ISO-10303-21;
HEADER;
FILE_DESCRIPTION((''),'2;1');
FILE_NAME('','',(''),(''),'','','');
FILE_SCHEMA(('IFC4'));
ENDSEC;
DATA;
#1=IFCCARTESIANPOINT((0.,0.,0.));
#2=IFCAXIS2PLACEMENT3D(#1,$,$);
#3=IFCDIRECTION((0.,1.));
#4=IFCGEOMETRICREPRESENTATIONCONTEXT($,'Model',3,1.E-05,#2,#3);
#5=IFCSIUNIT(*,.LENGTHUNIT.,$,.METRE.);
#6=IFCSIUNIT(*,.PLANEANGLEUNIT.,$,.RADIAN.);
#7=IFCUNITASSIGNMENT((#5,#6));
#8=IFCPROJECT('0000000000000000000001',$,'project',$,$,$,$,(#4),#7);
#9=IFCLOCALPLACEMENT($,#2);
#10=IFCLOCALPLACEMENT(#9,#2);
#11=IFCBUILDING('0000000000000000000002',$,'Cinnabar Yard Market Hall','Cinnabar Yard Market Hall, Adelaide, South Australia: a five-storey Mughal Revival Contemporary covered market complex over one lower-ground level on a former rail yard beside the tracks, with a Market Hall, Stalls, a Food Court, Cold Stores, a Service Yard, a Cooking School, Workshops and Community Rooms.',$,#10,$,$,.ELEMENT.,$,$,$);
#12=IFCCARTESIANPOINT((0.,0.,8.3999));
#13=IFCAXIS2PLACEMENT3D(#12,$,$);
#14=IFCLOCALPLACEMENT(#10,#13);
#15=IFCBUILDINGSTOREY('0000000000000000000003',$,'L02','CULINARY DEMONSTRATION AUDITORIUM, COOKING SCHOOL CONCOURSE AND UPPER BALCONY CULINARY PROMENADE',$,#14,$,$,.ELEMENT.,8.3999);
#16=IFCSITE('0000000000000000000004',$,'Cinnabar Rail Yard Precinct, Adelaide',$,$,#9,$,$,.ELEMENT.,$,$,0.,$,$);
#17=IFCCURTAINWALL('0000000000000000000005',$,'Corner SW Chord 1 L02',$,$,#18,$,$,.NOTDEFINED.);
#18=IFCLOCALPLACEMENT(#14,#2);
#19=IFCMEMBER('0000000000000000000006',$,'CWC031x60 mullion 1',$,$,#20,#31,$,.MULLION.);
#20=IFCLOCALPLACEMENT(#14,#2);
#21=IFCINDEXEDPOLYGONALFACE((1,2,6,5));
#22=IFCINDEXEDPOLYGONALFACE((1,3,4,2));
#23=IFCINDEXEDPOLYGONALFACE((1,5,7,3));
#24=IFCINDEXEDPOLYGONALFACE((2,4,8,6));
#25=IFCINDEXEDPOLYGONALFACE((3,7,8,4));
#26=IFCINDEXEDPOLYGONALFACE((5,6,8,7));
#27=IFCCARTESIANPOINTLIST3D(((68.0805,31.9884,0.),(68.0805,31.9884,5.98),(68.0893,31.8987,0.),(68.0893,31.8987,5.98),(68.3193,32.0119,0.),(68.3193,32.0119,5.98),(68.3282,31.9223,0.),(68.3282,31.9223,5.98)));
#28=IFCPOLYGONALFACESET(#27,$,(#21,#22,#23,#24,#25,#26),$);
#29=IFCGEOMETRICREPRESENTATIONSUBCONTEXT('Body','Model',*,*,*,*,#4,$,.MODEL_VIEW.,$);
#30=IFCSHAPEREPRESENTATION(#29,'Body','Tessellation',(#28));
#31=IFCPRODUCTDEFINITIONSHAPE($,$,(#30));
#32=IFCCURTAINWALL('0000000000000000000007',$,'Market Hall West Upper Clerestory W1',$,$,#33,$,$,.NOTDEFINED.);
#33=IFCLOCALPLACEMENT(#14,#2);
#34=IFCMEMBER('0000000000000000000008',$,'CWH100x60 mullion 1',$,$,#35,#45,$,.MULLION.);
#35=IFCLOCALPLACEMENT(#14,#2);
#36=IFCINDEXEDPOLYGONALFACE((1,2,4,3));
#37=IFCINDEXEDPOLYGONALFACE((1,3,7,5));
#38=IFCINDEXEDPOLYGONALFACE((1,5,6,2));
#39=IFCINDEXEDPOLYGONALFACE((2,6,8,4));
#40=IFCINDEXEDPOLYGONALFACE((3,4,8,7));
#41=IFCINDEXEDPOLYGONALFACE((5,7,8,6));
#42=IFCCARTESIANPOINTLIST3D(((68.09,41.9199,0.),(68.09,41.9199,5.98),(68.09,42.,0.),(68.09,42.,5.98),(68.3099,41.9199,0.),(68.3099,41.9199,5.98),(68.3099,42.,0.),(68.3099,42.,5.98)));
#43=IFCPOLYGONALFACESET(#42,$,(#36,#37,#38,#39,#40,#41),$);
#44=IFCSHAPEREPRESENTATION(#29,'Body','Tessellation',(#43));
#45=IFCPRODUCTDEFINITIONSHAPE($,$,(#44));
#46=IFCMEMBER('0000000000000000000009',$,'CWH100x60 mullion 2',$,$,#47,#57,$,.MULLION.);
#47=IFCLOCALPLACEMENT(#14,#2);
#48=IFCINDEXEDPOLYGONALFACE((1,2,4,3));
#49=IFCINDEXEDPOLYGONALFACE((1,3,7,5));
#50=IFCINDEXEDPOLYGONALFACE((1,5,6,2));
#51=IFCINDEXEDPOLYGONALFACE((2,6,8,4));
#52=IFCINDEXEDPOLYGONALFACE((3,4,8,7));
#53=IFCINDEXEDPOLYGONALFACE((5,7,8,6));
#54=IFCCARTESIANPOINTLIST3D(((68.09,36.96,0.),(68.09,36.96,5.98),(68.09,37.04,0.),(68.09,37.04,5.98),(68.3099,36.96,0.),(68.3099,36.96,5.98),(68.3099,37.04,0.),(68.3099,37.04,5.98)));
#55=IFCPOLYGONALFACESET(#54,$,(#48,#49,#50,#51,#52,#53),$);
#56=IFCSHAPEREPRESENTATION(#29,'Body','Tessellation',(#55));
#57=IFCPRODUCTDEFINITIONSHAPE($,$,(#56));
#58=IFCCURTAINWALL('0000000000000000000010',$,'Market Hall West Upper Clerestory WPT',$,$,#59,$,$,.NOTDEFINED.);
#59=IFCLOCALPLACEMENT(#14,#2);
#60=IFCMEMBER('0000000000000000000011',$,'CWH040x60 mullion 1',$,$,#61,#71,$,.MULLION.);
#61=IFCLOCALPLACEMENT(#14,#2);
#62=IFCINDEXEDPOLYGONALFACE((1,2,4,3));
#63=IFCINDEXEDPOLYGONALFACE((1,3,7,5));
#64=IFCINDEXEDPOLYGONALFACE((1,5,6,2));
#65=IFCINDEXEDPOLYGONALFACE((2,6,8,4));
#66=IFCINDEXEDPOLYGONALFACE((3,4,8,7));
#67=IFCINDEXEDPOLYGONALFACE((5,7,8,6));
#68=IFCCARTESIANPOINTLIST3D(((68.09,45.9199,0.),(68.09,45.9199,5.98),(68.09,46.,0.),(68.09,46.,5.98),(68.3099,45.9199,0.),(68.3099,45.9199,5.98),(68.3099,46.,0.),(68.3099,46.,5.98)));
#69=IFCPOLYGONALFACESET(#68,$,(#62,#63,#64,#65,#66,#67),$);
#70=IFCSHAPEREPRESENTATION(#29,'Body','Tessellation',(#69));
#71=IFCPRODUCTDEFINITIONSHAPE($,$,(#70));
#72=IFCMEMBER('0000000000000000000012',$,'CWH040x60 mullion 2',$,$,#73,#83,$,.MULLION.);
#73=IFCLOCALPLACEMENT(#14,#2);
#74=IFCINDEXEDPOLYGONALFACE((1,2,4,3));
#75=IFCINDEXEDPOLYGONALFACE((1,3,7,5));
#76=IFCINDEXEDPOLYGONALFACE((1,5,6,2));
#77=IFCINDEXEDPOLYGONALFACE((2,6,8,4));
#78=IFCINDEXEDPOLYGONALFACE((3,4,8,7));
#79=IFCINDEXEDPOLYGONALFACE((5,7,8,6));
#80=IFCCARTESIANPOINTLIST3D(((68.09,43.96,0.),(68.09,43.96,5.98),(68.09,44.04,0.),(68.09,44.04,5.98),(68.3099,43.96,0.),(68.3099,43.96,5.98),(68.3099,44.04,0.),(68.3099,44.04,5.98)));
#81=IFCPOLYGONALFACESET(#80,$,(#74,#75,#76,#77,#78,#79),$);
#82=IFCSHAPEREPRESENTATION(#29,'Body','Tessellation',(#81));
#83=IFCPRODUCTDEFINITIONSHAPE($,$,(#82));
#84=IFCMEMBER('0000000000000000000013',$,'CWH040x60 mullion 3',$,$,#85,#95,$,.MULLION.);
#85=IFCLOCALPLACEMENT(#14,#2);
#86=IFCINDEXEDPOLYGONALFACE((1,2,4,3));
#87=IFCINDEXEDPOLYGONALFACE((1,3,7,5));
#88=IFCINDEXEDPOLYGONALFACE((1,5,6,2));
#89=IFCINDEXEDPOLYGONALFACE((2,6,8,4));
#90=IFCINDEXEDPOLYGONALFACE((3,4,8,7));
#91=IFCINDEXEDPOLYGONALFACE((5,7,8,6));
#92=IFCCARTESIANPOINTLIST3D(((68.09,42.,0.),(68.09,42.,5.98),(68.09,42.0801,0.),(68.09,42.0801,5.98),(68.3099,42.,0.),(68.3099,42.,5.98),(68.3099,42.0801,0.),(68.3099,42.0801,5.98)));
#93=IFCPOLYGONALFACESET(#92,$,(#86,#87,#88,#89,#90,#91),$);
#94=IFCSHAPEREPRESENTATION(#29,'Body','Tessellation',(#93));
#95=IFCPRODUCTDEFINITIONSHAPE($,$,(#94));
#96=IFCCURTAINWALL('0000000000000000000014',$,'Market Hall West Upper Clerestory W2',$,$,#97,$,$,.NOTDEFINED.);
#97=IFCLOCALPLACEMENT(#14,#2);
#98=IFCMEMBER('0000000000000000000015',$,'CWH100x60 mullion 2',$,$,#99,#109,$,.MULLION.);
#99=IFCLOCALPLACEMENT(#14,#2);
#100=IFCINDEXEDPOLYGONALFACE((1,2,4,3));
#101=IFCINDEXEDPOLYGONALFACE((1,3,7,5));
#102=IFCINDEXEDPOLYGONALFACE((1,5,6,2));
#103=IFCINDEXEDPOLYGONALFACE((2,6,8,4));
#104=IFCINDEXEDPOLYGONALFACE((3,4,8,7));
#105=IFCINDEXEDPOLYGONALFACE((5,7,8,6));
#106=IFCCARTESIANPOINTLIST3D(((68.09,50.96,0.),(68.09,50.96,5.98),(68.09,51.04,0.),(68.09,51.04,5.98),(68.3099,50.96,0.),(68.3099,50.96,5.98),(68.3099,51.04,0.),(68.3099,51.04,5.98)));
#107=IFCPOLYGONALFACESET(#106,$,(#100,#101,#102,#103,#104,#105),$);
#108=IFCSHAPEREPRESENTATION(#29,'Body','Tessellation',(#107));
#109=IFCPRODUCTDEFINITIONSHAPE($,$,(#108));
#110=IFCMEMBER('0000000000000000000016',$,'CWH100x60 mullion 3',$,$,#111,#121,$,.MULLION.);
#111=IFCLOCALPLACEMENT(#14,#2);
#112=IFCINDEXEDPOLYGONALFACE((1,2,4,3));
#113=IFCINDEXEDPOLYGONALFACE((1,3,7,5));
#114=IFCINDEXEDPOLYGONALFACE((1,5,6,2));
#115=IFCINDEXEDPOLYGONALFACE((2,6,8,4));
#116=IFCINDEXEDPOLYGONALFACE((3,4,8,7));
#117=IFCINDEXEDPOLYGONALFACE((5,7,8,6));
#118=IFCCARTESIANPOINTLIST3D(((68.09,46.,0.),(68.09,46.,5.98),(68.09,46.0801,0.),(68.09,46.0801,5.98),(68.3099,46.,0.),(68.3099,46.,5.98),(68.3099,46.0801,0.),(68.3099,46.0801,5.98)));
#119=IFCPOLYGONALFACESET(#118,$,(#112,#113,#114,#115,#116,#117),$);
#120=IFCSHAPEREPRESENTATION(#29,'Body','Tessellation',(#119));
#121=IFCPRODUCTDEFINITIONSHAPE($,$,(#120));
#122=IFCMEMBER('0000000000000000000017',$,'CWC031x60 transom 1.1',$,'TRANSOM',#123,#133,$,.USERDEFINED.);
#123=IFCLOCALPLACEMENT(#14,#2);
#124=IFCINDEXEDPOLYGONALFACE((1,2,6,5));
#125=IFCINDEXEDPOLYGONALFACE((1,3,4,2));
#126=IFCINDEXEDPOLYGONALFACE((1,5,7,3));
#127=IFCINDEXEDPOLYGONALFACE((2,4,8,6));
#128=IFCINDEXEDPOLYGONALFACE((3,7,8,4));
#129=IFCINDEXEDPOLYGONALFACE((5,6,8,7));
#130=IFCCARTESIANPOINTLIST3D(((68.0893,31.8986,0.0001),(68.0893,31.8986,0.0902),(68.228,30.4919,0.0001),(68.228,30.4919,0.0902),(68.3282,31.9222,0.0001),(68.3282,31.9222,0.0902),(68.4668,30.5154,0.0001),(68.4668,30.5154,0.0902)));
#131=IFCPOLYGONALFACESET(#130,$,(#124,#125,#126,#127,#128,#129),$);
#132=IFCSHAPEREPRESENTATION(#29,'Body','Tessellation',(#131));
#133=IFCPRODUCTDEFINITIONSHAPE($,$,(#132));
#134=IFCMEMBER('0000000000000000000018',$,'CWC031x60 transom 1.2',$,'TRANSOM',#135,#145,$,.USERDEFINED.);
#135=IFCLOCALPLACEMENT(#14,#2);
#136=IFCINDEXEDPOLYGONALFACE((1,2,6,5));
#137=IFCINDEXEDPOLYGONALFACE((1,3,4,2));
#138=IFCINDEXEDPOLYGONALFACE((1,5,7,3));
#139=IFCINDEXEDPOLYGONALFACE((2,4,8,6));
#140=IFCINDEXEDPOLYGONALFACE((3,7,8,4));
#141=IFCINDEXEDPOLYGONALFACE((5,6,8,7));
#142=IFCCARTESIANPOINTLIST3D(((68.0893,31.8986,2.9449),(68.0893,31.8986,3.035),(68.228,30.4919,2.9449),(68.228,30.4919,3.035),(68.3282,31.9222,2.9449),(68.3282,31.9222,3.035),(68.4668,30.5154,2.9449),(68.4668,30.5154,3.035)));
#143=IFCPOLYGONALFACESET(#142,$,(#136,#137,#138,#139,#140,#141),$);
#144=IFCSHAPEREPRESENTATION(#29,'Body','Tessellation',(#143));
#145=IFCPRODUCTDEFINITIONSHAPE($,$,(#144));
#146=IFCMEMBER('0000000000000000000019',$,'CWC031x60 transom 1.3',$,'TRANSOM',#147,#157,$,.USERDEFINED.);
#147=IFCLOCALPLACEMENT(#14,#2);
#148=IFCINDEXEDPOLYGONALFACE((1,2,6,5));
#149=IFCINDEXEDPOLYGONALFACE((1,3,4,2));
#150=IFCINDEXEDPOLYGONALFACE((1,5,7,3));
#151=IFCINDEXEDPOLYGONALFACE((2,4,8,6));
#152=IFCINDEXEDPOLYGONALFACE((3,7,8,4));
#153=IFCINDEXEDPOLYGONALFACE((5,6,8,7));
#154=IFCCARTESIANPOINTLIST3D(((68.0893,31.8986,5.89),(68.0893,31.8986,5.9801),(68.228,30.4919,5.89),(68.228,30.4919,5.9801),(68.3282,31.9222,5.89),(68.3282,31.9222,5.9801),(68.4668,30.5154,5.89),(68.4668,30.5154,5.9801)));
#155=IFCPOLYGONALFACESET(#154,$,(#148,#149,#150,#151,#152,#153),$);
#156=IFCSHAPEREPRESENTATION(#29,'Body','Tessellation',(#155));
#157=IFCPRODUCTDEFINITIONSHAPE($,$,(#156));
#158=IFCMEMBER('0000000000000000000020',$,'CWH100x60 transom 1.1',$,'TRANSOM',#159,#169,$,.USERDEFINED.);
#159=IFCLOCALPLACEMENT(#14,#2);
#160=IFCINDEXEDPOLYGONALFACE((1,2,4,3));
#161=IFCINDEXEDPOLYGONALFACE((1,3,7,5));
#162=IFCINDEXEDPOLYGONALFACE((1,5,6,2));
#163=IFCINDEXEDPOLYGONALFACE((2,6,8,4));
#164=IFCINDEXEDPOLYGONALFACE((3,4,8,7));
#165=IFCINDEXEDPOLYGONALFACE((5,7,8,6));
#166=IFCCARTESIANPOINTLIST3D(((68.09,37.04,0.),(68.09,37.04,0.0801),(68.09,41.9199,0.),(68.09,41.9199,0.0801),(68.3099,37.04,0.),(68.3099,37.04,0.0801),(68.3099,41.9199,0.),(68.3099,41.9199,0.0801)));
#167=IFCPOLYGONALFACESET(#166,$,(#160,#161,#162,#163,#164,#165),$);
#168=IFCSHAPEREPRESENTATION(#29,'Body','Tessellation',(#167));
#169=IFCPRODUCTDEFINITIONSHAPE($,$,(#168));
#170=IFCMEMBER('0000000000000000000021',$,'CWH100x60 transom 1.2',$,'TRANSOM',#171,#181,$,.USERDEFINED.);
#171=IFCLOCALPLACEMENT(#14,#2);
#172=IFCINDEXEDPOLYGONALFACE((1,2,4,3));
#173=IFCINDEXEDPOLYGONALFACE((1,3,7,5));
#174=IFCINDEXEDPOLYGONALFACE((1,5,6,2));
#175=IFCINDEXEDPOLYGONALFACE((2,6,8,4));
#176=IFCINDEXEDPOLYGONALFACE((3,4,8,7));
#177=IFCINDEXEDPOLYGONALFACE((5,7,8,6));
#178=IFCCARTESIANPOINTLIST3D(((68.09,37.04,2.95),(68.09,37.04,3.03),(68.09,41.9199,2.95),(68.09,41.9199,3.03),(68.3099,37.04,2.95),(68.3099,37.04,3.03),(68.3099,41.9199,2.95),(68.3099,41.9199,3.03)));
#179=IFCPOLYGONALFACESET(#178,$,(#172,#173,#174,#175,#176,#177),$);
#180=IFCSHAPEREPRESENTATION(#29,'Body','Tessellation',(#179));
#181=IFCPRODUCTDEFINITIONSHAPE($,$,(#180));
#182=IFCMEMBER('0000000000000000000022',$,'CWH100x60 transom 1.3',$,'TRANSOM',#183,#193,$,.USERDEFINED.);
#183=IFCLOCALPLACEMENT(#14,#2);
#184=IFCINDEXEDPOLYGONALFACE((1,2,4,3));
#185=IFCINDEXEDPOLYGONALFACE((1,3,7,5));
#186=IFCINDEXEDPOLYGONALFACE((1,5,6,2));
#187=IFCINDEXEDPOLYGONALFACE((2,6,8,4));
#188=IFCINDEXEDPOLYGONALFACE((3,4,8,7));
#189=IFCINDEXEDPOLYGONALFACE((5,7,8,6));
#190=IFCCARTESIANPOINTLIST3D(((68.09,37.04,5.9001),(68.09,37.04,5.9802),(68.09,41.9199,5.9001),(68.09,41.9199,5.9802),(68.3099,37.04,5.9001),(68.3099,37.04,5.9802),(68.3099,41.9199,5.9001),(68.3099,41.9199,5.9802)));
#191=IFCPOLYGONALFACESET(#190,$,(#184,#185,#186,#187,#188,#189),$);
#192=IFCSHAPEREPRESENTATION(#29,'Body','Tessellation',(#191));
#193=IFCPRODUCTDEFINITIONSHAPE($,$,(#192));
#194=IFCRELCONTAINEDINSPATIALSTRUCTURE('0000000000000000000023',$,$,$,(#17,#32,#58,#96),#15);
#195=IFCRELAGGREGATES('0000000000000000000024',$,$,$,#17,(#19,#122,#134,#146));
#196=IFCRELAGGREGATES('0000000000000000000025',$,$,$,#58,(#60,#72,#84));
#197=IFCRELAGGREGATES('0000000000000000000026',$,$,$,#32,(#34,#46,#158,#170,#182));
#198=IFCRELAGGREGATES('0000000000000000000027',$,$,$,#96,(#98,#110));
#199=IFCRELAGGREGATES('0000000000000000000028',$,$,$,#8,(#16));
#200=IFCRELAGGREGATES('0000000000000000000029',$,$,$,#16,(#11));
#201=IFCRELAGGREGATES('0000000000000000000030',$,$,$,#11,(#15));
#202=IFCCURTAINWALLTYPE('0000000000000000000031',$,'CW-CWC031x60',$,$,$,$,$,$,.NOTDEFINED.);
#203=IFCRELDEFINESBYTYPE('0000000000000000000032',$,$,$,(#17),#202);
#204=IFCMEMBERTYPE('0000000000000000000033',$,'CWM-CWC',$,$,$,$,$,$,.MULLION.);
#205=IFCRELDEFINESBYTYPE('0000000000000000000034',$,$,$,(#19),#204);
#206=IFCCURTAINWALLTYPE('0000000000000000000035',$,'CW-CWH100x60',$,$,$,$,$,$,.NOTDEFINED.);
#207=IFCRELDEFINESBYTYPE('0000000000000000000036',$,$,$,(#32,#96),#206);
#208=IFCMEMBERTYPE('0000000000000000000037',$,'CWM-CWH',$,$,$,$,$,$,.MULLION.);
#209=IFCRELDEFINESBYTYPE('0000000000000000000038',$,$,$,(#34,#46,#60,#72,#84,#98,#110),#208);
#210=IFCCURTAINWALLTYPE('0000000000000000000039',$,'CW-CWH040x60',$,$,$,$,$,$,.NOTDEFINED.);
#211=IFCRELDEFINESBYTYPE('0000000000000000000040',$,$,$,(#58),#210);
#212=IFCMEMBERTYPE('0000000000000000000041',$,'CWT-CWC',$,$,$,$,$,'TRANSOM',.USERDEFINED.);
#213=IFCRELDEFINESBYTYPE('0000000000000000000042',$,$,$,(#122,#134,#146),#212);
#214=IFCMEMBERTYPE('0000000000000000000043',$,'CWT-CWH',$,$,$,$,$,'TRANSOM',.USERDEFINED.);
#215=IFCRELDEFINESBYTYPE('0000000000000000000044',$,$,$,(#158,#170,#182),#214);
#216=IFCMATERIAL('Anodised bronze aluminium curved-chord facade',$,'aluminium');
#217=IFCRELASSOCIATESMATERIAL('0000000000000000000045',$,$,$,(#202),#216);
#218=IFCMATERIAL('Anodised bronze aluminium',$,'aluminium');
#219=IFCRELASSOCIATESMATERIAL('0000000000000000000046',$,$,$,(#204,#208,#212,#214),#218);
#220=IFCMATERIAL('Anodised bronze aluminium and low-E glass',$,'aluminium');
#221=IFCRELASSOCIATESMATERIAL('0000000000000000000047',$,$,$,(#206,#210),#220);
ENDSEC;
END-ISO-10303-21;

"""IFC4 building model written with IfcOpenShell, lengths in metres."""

from ifc_helpers import new_model, si_unit, direction, frame, origin, origin_2d_with_axis, place, context, subcontext, project, spatial, rectangle, extrude, material, material_profile, profile_set, type_object, element, aggregate, save


model = new_model("IFC4")

# Units and contexts
model_context = context("Model", 3, precision=1e-05, world=origin(), true_north=direction((0.0, 1.0)))
body_context = subcontext(model_context, "Body", "Model", "MODEL_VIEW")
ifc_project = project(units=[si_unit("LENGTHUNIT", "METRE"), si_unit("PLANEANGLEUNIT", "RADIAN")], contexts=[model_context])

# Site, building, storey
site_placement = place(None, origin())
site = spatial("IfcSite", under=ifc_project, at=site_placement, Name="Cinnabar Rail Yard Precinct, Adelaide", CompositionType="ELEMENT", RefElevation=0.0)
building_placement = place(site_placement, origin())
building = spatial("IfcBuilding", under=site, at=building_placement, Name="Cinnabar Yard Market Hall", Description="Cinnabar Yard Market Hall, Adelaide, South Australia: a five-storey Mughal Revival Contemporary covered market complex over one lower-ground level on a former rail yard beside the tracks, with a Market Hall, Stalls, a Food Court, Cold Stores, a Service Yard, a Cooking School, Workshops and Community Rooms.", CompositionType="ELEMENT")
storey_placement = place(building_placement, frame((0.0, 0.0, 8.3999)))
storey = spatial("IfcBuildingStorey", under=building, at=storey_placement, Name="L02", Description="CULINARY DEMONSTRATION AUDITORIUM, COOKING SCHOOL CONCOURSE AND UPPER BALCONY CULINARY PROMENADE", CompositionType="ELEMENT", Elevation=8.3999)

# Curtain wall, member
ifc_material_1 = material(Name="Anodised bronze aluminium curved-chord facade", Category="aluminium")
curtain_wall_type_1 = type_object("IfcCurtainWallType", Name="CW-CWC031x60", PredefinedType="NOTDEFINED", material=ifc_material_1)
curtain_wall_1_placement = place(storey_placement, origin())
curtain_wall_1 = element("IfcCurtainWall", 1, at=curtain_wall_1_placement, inside=storey, type_object=curtain_wall_type_1, Name="Corner SW Chord 1 L02", PredefinedType="NOTDEFINED")
ifc_material_2 = material(Name="Anodised bronze aluminium", Category="aluminium")
ifc_material_profile_1 = material_profile(ifc_material_2, rectangle(XDim=0.24, YDim=0.0901, at=origin_2d_with_axis()), Name="MUL-CWC")
ifc_profile_set_1 = profile_set([ifc_material_profile_1], Name="Anodised bronze aluminium")
member_type_1 = type_object("IfcMemberType", Name="CWM-CWC", PredefinedType="MULLION", material=ifc_profile_set_1)
member_1_placement = place(storey_placement, frame((68.2043, 31.9553, 0.0), z_axis=(0.0, 0.0, 1.0), x_axis=(0.995184, 0.09802, 0.0)))
member_1 = element("IfcMember", 2, at=member_1_placement, type_object=member_type_1, Name="CWC031x60 mullion 1", PredefinedType="MULLION", context=body_context, shape_type="SweptSolid", body=[
    extrude(rectangle(XDim=0.24, YDim=0.0901, at=origin_2d_with_axis()), origin(), (0.0, 0.0, 1.0), 5.98),
])

# Curtain walls, members
ifc_material_3 = material(Name="Anodised bronze aluminium and low-E glass", Category="aluminium")
curtain_wall_type_2 = type_object("IfcCurtainWallType", Name="CW-CWH100x60", PredefinedType="NOTDEFINED", material=ifc_material_3)
curtain_wall_2_placement = place(storey_placement, origin())
curtain_wall_2 = element("IfcCurtainWall", 3, at=curtain_wall_2_placement, inside=storey, type_object=curtain_wall_type_2, Name="Market Hall West Upper Clerestory W1", PredefinedType="NOTDEFINED")
ifc_material_profile_2 = material_profile(ifc_material_2, rectangle(XDim=0.22, YDim=0.0801, at=origin_2d_with_axis()), Name="MUL-CWH")
ifc_profile_set_2 = profile_set([ifc_material_profile_2], Name="Anodised bronze aluminium")
member_type_2 = type_object("IfcMemberType", Name="CWM-CWH", PredefinedType="MULLION", material=ifc_profile_set_2)
member_2_placement = place(storey_placement, frame((68.2, 41.96, 0.0), z_axis=(0.0, 0.0, 1.0), x_axis=(1.0, 0.0, 0.0)))
member_2 = element("IfcMember", 4, at=member_2_placement, type_object=member_type_2, Name="CWH100x60 mullion 1", PredefinedType="MULLION", context=body_context, shape_type="SweptSolid", body=[
    extrude(rectangle(XDim=0.22, YDim=0.0801, at=origin_2d_with_axis()), origin(), (0.0, 0.0, 1.0), 5.98),
])
member_3_placement = place(storey_placement, frame((68.2, 37.0, 0.0), z_axis=(0.0, 0.0, 1.0), x_axis=(1.0, 0.0, 0.0)))
member_3 = element("IfcMember", 5, at=member_3_placement, type_object=member_type_2, Name="CWH100x60 mullion 2", PredefinedType="MULLION", context=body_context, shape_type="SweptSolid", body=[
    extrude(rectangle(XDim=0.22, YDim=0.0801, at=origin_2d_with_axis()), origin(), (0.0, 0.0, 1.0), 5.98),
])
curtain_wall_type_3 = type_object("IfcCurtainWallType", Name="CW-CWH040x60", PredefinedType="NOTDEFINED", material=ifc_material_3)
curtain_wall_3_placement = place(storey_placement, origin())
curtain_wall_3 = element("IfcCurtainWall", 6, at=curtain_wall_3_placement, inside=storey, type_object=curtain_wall_type_3, Name="Market Hall West Upper Clerestory WPT", PredefinedType="NOTDEFINED")
member_4_placement = place(storey_placement, frame((68.2, 45.96, 0.0), z_axis=(0.0, 0.0, 1.0), x_axis=(1.0, 0.0, 0.0)))
member_4 = element("IfcMember", 7, at=member_4_placement, type_object=member_type_2, Name="CWH040x60 mullion 1", PredefinedType="MULLION", context=body_context, shape_type="SweptSolid", body=[
    extrude(rectangle(XDim=0.22, YDim=0.0801, at=origin_2d_with_axis()), origin(), (0.0, 0.0, 1.0), 5.98),
])
member_5_placement = place(storey_placement, frame((68.2, 44.0, 0.0), z_axis=(0.0, 0.0, 1.0), x_axis=(1.0, 0.0, 0.0)))
member_5 = element("IfcMember", 8, at=member_5_placement, type_object=member_type_2, Name="CWH040x60 mullion 2", PredefinedType="MULLION", context=body_context, shape_type="SweptSolid", body=[
    extrude(rectangle(XDim=0.22, YDim=0.0801, at=origin_2d_with_axis()), origin(), (0.0, 0.0, 1.0), 5.98),
])
member_6_placement = place(storey_placement, frame((68.2, 42.04, 0.0), z_axis=(0.0, 0.0, 1.0), x_axis=(1.0, 0.0, 0.0)))
member_6 = element("IfcMember", 9, at=member_6_placement, type_object=member_type_2, Name="CWH040x60 mullion 3", PredefinedType="MULLION", context=body_context, shape_type="SweptSolid", body=[
    extrude(rectangle(XDim=0.22, YDim=0.0801, at=origin_2d_with_axis()), origin(), (0.0, 0.0, 1.0), 5.98),
])
curtain_wall_4_placement = place(storey_placement, origin())
curtain_wall_4 = element("IfcCurtainWall", 10, at=curtain_wall_4_placement, inside=storey, type_object=curtain_wall_type_2, Name="Market Hall West Upper Clerestory W2", PredefinedType="NOTDEFINED")
member_7_placement = place(storey_placement, frame((68.2, 51.0, 0.0), z_axis=(0.0, 0.0, 1.0), x_axis=(1.0, 0.0, 0.0)))
member_7 = element("IfcMember", 11, at=member_7_placement, type_object=member_type_2, Name="CWH100x60 mullion 2", PredefinedType="MULLION", context=body_context, shape_type="SweptSolid", body=[
    extrude(rectangle(XDim=0.22, YDim=0.0801, at=origin_2d_with_axis()), origin(), (0.0, 0.0, 1.0), 5.98),
])
member_8_placement = place(storey_placement, frame((68.2, 46.04, 0.0), z_axis=(0.0, 0.0, 1.0), x_axis=(1.0, 0.0, 0.0)))
member_8 = element("IfcMember", 12, at=member_8_placement, type_object=member_type_2, Name="CWH100x60 mullion 3", PredefinedType="MULLION", context=body_context, shape_type="SweptSolid", body=[
    extrude(rectangle(XDim=0.22, YDim=0.0801, at=origin_2d_with_axis()), origin(), (0.0, 0.0, 1.0), 5.98),
])

# Members
ifc_material_profile_3 = material_profile(ifc_material_2, rectangle(XDim=0.24, YDim=0.0901, at=origin_2d_with_axis()), Name="TRN-CWC")
ifc_profile_set_3 = profile_set([ifc_material_profile_3], Name="Anodised bronze aluminium")
member_type_3 = type_object("IfcMemberType", Name="CWT-CWC", ElementType="TRANSOM", PredefinedType="USERDEFINED", material=ifc_profile_set_3)
member_9_placement = place(storey_placement, frame((68.2087, 31.9104, 0.0452), z_axis=(0.098101, -0.995176, 0.0), x_axis=(0.995176, 0.098101, 0.0)))
member_9 = element("IfcMember", 13, at=member_9_placement, type_object=member_type_3, Name="CWC031x60 transom 1.1", ObjectType="TRANSOM", PredefinedType="USERDEFINED", context=body_context, shape_type="SweptSolid", body=[
    extrude(rectangle(XDim=0.24, YDim=0.0901, at=origin_2d_with_axis()), origin(), (0.0, 0.0, 1.0), 1.4136),
])
member_10_placement = place(storey_placement, frame((68.2087, 31.9104, 2.99), z_axis=(0.098101, -0.995176, 0.0), x_axis=(0.995176, 0.098101, 0.0)))
member_10 = element("IfcMember", 14, at=member_10_placement, type_object=member_type_3, Name="CWC031x60 transom 1.2", ObjectType="TRANSOM", PredefinedType="USERDEFINED", context=body_context, shape_type="SweptSolid", body=[
    extrude(rectangle(XDim=0.24, YDim=0.0901, at=origin_2d_with_axis()), origin(), (0.0, 0.0, 1.0), 1.4136),
])
member_11_placement = place(storey_placement, frame((68.2087, 31.9104, 5.9351), z_axis=(0.098101, -0.995176, 0.0), x_axis=(0.995176, 0.098101, 0.0)))
member_11 = element("IfcMember", 15, at=member_11_placement, type_object=member_type_3, Name="CWC031x60 transom 1.3", ObjectType="TRANSOM", PredefinedType="USERDEFINED", context=body_context, shape_type="SweptSolid", body=[
    extrude(rectangle(XDim=0.24, YDim=0.0901, at=origin_2d_with_axis()), origin(), (0.0, 0.0, 1.0), 1.4136),
])
ifc_material_profile_4 = material_profile(ifc_material_2, rectangle(XDim=0.22, YDim=0.0801, at=origin_2d_with_axis()), Name="TRN-CWH")
ifc_profile_set_4 = profile_set([ifc_material_profile_4], Name="Anodised bronze aluminium")
member_type_4 = type_object("IfcMemberType", Name="CWT-CWH", ElementType="TRANSOM", PredefinedType="USERDEFINED", material=ifc_profile_set_4)
member_12_placement = place(storey_placement, frame((68.2, 41.9199, 0.04), z_axis=(0.0, -1.0, 0.0), x_axis=(1.0, 0.0, 0.0)))
member_12 = element("IfcMember", 16, at=member_12_placement, type_object=member_type_4, Name="CWH100x60 transom 1.1", ObjectType="TRANSOM", PredefinedType="USERDEFINED", context=body_context, shape_type="SweptSolid", body=[
    extrude(rectangle(XDim=0.22, YDim=0.0801, at=origin_2d_with_axis()), origin(), (0.0, 0.0, 1.0), 4.8799),
])
member_13_placement = place(storey_placement, frame((68.2, 41.9199, 2.99), z_axis=(0.0, -1.0, 0.0), x_axis=(1.0, 0.0, 0.0)))
member_13 = element("IfcMember", 17, at=member_13_placement, type_object=member_type_4, Name="CWH100x60 transom 1.2", ObjectType="TRANSOM", PredefinedType="USERDEFINED", context=body_context, shape_type="SweptSolid", body=[
    extrude(rectangle(XDim=0.22, YDim=0.0801, at=origin_2d_with_axis()), origin(), (0.0, 0.0, 1.0), 4.8799),
])
member_14_placement = place(storey_placement, frame((68.2, 41.9199, 5.9402), z_axis=(0.0, -1.0, 0.0), x_axis=(1.0, 0.0, 0.0)))
member_14 = element("IfcMember", 18, at=member_14_placement, type_object=member_type_4, Name="CWH100x60 transom 1.3", ObjectType="TRANSOM", PredefinedType="USERDEFINED", context=body_context, shape_type="SweptSolid", body=[
    extrude(rectangle(XDim=0.22, YDim=0.0801, at=origin_2d_with_axis()), origin(), (0.0, 0.0, 1.0), 4.8799),
])

aggregate(curtain_wall_1, [member_1, member_9, member_10, member_11])
aggregate(curtain_wall_3, [member_4, member_5, member_6])
aggregate(curtain_wall_2, [member_2, member_3, member_12, member_13, member_14])
aggregate(curtain_wall_4, [member_7, member_8])

save(model, "model.ifc")
